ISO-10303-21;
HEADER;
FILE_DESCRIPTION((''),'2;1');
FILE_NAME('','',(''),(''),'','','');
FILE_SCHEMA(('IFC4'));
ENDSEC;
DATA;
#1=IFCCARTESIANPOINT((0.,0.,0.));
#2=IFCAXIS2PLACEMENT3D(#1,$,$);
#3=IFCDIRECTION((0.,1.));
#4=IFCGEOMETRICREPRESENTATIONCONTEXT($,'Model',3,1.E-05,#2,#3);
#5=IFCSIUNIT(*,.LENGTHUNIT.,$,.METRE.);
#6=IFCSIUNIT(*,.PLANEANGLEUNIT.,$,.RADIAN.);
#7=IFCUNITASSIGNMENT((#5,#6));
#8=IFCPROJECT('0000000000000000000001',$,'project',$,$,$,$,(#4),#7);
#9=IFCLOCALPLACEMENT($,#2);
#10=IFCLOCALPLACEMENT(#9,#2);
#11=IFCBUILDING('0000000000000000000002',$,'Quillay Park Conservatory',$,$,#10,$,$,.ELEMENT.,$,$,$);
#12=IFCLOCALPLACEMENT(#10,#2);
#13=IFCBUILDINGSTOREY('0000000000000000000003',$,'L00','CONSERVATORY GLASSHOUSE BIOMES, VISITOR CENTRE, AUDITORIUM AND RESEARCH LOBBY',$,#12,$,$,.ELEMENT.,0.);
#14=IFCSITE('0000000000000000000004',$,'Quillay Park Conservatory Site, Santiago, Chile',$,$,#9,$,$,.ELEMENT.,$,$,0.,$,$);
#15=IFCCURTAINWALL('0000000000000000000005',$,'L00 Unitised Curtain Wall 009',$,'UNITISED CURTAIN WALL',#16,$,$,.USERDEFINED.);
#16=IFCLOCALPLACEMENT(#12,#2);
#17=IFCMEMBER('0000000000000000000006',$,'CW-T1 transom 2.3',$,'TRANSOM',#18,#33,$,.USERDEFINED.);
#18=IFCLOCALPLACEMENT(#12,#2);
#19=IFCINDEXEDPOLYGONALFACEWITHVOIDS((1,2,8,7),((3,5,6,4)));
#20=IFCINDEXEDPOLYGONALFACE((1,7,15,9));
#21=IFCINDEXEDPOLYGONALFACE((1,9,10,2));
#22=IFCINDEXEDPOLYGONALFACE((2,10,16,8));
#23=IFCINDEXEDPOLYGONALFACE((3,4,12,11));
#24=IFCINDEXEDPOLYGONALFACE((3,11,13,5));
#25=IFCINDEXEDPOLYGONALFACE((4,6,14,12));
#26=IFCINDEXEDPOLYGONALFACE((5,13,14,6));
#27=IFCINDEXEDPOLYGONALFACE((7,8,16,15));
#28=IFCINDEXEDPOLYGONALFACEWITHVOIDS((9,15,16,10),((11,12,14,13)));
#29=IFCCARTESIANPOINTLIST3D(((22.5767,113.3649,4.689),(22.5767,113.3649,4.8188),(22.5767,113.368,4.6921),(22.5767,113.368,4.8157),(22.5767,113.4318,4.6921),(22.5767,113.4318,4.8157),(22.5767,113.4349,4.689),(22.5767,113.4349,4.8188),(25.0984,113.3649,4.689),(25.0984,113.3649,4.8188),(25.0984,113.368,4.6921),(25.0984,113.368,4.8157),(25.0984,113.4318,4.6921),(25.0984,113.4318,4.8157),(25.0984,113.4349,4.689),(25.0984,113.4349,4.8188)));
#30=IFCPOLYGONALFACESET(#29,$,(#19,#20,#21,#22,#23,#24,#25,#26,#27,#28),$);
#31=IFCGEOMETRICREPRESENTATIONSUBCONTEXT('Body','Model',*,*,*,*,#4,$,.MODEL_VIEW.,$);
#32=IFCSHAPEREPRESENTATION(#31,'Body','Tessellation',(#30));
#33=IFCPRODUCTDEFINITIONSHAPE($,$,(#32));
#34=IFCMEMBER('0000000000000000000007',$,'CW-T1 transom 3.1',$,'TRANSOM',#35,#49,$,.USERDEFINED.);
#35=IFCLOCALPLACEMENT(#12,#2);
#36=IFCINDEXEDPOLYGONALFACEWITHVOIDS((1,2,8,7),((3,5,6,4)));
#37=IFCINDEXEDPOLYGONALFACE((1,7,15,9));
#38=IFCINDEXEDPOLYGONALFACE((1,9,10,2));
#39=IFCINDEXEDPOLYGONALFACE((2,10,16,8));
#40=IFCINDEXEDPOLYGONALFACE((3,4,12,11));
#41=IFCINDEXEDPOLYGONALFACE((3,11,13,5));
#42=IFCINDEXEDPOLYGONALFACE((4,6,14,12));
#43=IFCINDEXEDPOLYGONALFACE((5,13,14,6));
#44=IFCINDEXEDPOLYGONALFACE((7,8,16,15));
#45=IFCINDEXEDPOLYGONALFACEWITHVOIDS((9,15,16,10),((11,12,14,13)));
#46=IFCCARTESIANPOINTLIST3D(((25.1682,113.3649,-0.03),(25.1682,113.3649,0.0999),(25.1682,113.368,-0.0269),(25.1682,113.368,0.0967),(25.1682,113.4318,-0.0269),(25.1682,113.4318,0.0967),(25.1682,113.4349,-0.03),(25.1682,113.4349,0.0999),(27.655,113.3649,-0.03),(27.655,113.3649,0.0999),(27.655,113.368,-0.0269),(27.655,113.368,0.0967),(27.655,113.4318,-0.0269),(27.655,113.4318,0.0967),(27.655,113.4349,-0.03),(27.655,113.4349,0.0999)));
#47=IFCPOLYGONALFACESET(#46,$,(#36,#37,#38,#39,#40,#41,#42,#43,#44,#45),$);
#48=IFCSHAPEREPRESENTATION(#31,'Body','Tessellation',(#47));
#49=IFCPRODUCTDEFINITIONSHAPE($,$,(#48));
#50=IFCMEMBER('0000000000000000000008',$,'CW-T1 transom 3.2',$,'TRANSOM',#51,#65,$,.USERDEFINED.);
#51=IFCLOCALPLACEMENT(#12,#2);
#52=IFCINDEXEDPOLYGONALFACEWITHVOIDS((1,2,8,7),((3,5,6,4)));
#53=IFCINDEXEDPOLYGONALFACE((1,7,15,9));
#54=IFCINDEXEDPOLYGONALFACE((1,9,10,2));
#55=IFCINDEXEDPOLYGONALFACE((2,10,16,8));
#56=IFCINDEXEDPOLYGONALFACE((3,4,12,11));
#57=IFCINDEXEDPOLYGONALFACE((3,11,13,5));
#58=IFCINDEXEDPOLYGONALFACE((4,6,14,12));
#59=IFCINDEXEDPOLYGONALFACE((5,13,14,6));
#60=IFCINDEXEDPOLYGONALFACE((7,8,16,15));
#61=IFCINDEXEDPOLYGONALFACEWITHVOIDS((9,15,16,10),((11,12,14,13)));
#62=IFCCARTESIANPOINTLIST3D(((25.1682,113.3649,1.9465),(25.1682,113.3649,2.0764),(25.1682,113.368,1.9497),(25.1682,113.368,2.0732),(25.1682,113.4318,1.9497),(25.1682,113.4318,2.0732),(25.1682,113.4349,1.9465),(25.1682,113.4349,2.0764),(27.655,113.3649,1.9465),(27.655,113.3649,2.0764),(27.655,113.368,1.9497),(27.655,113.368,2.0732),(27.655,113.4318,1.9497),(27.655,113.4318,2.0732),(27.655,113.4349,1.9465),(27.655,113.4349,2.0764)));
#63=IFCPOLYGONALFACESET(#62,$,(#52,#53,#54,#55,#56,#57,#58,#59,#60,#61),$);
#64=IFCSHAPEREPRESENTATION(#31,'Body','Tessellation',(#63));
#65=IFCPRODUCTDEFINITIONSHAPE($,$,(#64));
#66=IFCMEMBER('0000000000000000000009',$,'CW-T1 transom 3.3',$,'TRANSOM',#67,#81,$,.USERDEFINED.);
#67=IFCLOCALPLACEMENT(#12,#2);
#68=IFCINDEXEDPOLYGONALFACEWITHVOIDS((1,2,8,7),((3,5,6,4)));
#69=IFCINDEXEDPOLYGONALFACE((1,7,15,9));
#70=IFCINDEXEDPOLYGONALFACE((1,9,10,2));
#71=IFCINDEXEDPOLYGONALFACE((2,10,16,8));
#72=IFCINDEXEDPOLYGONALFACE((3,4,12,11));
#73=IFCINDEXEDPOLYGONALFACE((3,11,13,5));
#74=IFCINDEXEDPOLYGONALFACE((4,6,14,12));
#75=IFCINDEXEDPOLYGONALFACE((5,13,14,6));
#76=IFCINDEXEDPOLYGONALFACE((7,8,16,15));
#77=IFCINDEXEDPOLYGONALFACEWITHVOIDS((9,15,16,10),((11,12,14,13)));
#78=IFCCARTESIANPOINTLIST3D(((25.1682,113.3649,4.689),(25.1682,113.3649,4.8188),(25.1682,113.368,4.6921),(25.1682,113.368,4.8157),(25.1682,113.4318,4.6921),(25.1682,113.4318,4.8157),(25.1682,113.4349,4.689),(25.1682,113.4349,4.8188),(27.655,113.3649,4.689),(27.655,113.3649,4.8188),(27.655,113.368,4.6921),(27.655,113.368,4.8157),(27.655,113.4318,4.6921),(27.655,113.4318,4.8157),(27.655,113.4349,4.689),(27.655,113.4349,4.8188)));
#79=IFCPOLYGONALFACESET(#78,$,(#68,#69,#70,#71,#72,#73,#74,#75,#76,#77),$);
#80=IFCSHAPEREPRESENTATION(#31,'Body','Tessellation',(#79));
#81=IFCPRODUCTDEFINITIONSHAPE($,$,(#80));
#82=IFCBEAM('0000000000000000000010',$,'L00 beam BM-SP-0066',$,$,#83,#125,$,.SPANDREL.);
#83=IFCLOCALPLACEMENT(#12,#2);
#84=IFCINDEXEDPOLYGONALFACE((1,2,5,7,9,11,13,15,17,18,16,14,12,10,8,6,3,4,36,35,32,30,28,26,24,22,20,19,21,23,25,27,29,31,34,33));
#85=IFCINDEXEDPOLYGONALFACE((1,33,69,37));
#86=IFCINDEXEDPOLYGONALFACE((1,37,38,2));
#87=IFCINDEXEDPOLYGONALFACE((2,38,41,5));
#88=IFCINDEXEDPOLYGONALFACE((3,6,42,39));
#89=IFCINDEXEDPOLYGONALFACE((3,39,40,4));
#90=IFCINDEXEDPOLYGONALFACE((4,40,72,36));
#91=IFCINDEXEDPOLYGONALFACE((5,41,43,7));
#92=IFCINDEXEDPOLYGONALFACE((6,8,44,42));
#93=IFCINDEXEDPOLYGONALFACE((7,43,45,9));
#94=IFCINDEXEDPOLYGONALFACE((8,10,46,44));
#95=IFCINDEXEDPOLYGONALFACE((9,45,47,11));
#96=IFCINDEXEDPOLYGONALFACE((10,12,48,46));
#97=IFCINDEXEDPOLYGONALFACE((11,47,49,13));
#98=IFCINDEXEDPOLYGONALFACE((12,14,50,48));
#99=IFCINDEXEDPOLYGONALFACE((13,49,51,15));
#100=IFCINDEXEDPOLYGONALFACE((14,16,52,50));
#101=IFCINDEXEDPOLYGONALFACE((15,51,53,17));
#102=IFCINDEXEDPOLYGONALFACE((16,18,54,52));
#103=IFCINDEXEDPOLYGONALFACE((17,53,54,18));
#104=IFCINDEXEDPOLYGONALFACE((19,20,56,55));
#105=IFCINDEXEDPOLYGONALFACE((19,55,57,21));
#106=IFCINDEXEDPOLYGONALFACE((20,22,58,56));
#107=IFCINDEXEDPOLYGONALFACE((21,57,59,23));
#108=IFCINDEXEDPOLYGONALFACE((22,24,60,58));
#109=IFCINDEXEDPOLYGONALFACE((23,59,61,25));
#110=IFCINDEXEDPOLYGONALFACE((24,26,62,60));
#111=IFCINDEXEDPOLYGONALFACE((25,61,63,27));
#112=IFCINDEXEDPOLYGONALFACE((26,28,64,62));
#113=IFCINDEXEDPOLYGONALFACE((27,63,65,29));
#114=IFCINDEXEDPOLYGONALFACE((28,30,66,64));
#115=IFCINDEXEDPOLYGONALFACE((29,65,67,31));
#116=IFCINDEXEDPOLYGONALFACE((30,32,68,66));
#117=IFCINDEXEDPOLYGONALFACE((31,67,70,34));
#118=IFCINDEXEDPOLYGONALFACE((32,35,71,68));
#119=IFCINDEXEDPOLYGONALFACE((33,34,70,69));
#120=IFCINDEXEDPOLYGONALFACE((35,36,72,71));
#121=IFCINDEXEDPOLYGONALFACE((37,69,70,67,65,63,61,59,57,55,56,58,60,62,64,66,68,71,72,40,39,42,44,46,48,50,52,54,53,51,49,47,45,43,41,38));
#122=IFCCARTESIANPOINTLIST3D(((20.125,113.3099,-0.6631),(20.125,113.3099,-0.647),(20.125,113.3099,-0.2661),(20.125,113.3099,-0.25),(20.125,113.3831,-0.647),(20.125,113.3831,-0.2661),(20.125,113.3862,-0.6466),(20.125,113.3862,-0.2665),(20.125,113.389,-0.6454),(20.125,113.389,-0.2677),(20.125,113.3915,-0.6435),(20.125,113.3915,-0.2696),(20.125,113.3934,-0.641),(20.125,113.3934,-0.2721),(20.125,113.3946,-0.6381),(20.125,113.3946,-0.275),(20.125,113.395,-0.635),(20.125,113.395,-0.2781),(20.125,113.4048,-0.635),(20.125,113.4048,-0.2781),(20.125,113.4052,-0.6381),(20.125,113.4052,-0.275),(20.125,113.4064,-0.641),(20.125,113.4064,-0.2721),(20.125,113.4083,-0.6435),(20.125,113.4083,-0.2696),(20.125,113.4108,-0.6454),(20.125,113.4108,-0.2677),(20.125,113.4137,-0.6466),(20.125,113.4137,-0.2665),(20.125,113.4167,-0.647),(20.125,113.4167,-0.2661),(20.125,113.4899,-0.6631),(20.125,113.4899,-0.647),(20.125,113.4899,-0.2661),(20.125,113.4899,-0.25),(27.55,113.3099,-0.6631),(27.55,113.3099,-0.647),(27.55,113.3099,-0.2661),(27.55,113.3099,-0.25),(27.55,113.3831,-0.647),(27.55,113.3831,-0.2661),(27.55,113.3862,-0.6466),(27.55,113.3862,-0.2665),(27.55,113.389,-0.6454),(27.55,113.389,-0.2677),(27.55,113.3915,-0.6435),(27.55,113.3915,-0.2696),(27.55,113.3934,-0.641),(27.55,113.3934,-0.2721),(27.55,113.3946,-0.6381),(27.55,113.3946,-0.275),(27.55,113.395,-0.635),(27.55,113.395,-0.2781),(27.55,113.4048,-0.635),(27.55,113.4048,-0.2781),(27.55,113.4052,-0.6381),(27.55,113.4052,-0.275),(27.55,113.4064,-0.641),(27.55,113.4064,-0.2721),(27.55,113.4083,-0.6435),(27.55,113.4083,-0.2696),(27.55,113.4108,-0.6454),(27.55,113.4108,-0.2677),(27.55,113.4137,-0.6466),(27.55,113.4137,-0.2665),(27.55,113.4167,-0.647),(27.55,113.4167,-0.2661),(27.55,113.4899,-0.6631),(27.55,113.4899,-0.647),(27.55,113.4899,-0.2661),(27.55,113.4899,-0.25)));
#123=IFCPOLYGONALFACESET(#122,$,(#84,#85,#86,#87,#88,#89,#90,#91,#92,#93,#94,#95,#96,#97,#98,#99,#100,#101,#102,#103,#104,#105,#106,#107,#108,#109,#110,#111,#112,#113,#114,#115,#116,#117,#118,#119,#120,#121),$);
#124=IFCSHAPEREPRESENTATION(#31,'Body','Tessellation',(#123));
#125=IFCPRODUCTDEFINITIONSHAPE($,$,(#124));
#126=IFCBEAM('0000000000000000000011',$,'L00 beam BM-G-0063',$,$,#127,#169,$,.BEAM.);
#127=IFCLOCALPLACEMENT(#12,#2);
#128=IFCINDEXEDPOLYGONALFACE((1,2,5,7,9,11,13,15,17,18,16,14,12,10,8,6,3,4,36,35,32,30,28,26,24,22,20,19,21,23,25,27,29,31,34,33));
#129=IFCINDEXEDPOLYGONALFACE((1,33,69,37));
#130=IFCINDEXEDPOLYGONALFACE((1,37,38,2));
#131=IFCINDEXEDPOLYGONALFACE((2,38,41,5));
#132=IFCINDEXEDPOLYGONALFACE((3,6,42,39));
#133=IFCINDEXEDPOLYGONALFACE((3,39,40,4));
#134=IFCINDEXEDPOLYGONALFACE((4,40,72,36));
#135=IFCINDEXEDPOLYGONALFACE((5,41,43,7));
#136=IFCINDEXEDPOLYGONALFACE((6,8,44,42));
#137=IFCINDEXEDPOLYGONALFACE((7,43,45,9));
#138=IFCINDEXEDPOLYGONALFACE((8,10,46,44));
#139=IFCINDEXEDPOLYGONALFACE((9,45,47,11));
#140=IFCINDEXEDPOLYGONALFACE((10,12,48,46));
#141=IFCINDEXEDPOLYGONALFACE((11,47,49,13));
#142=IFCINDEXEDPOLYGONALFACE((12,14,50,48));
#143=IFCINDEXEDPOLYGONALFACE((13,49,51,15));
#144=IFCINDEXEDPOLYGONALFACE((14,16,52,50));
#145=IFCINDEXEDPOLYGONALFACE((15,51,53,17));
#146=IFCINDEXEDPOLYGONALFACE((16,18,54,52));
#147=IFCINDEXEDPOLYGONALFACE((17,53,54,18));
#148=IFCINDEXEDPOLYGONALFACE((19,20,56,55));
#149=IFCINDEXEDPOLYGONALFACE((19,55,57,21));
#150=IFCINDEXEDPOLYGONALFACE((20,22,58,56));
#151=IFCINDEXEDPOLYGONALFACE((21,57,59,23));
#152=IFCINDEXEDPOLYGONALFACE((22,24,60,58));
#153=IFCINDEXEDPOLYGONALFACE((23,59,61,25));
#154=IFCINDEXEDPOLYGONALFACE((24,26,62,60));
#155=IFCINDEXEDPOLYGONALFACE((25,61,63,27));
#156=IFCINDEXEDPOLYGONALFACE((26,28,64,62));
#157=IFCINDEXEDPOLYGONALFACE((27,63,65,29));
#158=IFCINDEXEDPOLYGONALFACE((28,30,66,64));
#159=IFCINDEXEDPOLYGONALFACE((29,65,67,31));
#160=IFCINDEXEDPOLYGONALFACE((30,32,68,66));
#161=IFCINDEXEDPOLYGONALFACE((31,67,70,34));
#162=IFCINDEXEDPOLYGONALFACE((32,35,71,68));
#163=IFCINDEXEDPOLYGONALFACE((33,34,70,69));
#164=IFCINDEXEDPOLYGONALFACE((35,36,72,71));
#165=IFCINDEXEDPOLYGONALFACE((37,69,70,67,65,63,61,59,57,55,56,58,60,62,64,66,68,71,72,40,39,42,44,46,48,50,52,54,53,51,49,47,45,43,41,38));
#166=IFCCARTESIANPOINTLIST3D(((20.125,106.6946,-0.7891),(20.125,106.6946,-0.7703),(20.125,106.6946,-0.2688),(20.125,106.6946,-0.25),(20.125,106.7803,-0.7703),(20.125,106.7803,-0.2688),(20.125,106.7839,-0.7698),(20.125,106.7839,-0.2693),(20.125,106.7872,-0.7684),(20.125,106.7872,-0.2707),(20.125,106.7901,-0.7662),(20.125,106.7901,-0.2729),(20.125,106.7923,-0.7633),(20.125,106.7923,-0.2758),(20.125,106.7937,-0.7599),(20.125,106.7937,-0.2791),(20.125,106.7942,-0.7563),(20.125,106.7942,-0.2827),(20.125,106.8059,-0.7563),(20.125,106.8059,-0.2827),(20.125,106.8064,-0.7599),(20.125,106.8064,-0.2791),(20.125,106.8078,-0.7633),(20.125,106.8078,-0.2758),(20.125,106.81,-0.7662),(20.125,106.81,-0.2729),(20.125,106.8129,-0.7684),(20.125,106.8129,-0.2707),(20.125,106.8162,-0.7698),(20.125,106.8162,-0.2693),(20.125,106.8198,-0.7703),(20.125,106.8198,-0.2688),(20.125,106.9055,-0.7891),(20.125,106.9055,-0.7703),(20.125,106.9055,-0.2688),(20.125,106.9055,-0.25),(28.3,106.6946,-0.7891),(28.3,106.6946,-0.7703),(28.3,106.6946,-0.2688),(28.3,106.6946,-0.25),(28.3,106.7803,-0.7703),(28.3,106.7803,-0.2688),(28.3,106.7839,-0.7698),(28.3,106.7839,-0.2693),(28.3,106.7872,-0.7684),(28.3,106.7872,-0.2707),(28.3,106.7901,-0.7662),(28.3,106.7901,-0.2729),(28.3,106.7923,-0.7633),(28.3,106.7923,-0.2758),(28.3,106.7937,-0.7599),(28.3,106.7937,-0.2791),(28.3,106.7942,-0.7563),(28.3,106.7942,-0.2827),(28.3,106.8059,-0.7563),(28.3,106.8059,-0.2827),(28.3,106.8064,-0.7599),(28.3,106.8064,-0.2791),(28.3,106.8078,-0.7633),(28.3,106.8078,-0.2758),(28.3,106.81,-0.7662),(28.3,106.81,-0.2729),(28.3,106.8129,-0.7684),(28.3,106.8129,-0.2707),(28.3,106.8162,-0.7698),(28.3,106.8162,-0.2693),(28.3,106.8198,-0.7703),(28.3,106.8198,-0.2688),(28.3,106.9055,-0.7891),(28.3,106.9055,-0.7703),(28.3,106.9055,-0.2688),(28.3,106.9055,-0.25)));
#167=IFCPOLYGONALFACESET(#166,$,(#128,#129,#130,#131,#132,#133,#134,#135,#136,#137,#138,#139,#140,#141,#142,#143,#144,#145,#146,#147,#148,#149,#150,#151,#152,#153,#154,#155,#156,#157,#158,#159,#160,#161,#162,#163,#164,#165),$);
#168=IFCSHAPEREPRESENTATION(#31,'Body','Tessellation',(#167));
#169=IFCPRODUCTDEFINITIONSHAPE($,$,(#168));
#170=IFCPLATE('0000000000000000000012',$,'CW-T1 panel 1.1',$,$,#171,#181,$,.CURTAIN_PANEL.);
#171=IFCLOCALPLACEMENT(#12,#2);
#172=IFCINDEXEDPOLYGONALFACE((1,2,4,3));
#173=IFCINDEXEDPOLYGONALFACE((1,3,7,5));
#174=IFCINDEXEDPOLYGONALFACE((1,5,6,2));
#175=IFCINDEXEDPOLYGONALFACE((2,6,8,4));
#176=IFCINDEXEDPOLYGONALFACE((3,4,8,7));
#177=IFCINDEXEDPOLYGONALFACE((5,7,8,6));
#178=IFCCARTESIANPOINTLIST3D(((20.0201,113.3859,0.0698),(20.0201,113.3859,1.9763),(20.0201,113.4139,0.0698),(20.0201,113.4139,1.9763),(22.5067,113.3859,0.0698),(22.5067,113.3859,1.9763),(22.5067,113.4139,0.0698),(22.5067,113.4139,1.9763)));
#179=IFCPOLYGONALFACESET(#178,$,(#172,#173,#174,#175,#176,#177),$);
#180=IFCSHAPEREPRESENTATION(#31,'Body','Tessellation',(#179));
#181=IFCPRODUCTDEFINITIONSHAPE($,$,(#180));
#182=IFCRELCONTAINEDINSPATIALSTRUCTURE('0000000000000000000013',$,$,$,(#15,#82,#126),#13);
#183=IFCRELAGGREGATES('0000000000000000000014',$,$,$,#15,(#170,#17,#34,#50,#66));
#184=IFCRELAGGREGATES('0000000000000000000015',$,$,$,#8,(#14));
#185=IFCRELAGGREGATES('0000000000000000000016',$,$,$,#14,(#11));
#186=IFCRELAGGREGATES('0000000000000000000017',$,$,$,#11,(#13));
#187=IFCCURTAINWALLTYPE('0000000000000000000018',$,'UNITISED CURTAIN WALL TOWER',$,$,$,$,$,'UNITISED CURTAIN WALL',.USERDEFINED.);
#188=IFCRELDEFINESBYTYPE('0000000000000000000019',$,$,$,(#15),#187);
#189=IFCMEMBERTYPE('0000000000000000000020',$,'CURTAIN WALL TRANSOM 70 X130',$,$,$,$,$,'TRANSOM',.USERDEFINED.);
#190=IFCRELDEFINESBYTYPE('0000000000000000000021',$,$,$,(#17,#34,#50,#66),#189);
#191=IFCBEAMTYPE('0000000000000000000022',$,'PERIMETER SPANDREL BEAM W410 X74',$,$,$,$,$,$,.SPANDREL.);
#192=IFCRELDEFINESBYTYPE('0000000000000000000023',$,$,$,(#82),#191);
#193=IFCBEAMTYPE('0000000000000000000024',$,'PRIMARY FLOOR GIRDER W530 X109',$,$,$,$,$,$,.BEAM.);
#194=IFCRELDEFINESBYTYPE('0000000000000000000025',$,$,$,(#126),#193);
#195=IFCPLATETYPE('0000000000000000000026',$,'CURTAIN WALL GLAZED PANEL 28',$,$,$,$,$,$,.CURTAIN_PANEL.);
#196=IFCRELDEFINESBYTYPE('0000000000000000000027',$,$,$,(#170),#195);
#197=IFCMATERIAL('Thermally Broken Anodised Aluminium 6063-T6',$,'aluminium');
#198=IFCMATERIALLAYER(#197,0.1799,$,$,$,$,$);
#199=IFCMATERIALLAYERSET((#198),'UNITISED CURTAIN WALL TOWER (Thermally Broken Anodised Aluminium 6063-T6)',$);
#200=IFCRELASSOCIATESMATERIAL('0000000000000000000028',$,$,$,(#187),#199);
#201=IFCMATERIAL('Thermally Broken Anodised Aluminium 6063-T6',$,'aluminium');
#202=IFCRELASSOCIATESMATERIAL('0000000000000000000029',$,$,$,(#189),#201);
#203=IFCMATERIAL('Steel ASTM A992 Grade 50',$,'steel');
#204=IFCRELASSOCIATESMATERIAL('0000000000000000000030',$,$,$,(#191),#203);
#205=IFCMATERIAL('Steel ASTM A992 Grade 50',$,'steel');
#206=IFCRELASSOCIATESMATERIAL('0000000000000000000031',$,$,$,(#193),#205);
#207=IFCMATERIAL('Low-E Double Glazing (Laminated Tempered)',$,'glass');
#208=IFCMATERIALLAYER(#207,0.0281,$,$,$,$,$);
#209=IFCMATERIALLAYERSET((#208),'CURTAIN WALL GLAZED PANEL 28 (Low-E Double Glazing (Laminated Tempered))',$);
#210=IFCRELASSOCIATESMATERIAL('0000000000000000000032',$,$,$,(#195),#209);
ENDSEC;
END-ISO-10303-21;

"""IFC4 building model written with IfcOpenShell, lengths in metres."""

from ifc_helpers import new_model, si_unit, direction, frame, origin, origin_2d, place, context, subcontext, project, spatial, rectangle, hollow_rectangle, i_section, extrude, material, layer, layer_set, material_profile, profile_set, type_object, element, aggregate, save


model = new_model("IFC4")

# Units and contexts
model_context = context("Model", 3, precision=1e-05, world=origin(), true_north=direction((0.0, 1.0)))
body_context = subcontext(model_context, "Body", "Model", "MODEL_VIEW")
ifc_project = project(units=[si_unit("LENGTHUNIT", "METRE"), si_unit("PLANEANGLEUNIT", "RADIAN")], contexts=[model_context])

# Site, building, storey
site_placement = place(None, origin())
site = spatial("IfcSite", under=ifc_project, at=site_placement, Name="Quillay Park Conservatory Site, Santiago, Chile", CompositionType="ELEMENT", RefElevation=0.0)
building_placement = place(site_placement, origin())
building = spatial("IfcBuilding", under=site, at=building_placement, Name="Quillay Park Conservatory", CompositionType="ELEMENT")
storey_placement = place(building_placement, origin())
storey = spatial("IfcBuildingStorey", under=building, at=storey_placement, Name="L00", Description="CONSERVATORY GLASSHOUSE BIOMES, VISITOR CENTRE, AUDITORIUM AND RESEARCH LOBBY", CompositionType="ELEMENT", Elevation=0.0)

# Curtain wall, members
ifc_material_1 = material(Name="Thermally Broken Anodised Aluminium 6063-T6", Category="aluminium")
ifc_layer_1 = layer(ifc_material_1, 0.1799)
ifc_layer_set_1 = layer_set([ifc_layer_1], Name="UNITISED CURTAIN WALL TOWER (Thermally Broken Anodised Aluminium 6063-T6)")
curtain_wall_type = type_object("IfcCurtainWallType", Name="UNITISED CURTAIN WALL TOWER", ElementType="UNITISED CURTAIN WALL", PredefinedType="USERDEFINED", material=ifc_layer_set_1)
curtain_wall_placement = place(storey_placement, origin())
curtain_wall = element("IfcCurtainWall", 1, at=curtain_wall_placement, inside=storey, type_object=curtain_wall_type, Name="L00 Unitised Curtain Wall 009", ObjectType="UNITISED CURTAIN WALL", PredefinedType="USERDEFINED")
ifc_material_2 = material(Name="Thermally Broken Anodised Aluminium 6063-T6", Category="aluminium")
ifc_material_profile_1 = material_profile(ifc_material_2, hollow_rectangle(XDim=0.0701, YDim=0.1299, WallThickness=0.0032, at=origin_2d()), Name="AL70x130x3.2")
ifc_profile_set_1 = profile_set([ifc_material_profile_1], Name="Thermally Broken Anodised Aluminium 6063-T6")
member_type_1 = type_object("IfcMemberType", Name="CURTAIN WALL TRANSOM 70 X130", ElementType="TRANSOM", PredefinedType="USERDEFINED", material=ifc_profile_set_1)
member_1_placement = place(storey_placement, frame((22.5767, 113.3999, 4.7539), z_axis=(1.0, 0.0, 0.0), x_axis=(0.0, 1.0, 0.0)))
member_1 = element("IfcMember", 2, at=member_1_placement, type_object=member_type_1, Name="CW-T1 transom 2.3", ObjectType="TRANSOM", PredefinedType="USERDEFINED", context=body_context, shape_type="SweptSolid", body=[
    extrude(hollow_rectangle(XDim=0.0701, YDim=0.1299, WallThickness=0.0032, at=origin_2d()), origin(), (0.0, 0.0, 1.0), 2.5217),
])
member_2_placement = place(storey_placement, frame((25.1682, 113.3999, 0.0349), z_axis=(1.0, 0.0, 0.0), x_axis=(0.0, 1.0, 0.0)))
member_2 = element("IfcMember", 3, at=member_2_placement, type_object=member_type_1, Name="CW-T1 transom 3.1", ObjectType="TRANSOM", PredefinedType="USERDEFINED", context=body_context, shape_type="SweptSolid", body=[
    extrude(hollow_rectangle(XDim=0.0701, YDim=0.1299, WallThickness=0.0032, at=origin_2d()), origin(), (0.0, 0.0, 1.0), 2.4868),
])
member_3_placement = place(storey_placement, frame((25.1682, 113.3999, 2.0115), z_axis=(1.0, 0.0, 0.0), x_axis=(0.0, 1.0, 0.0)))
member_3 = element("IfcMember", 4, at=member_3_placement, type_object=member_type_1, Name="CW-T1 transom 3.2", ObjectType="TRANSOM", PredefinedType="USERDEFINED", context=body_context, shape_type="SweptSolid", body=[
    extrude(hollow_rectangle(XDim=0.0701, YDim=0.1299, WallThickness=0.0032, at=origin_2d()), origin(), (0.0, 0.0, 1.0), 2.4868),
])
member_4_placement = place(storey_placement, frame((25.1682, 113.3999, 4.7539), z_axis=(1.0, 0.0, 0.0), x_axis=(0.0, 1.0, 0.0)))
member_4 = element("IfcMember", 5, at=member_4_placement, type_object=member_type_1, Name="CW-T1 transom 3.3", ObjectType="TRANSOM", PredefinedType="USERDEFINED", context=body_context, shape_type="SweptSolid", body=[
    extrude(hollow_rectangle(XDim=0.0701, YDim=0.1299, WallThickness=0.0032, at=origin_2d()), origin(), (0.0, 0.0, 1.0), 2.4868),
])

# Beams
ifc_material_3 = material(Name="Steel ASTM A992 Grade 50", Category="steel")
ifc_material_profile_2 = material_profile(ifc_material_3, i_section(OverallWidth=0.1799, OverallDepth=0.4131, WebThickness=0.0098, FlangeThickness=0.0161, FilletRadius=0.012, at=origin_2d()), Name="W410x74")
ifc_profile_set_2 = profile_set([ifc_material_profile_2], Name="Steel ASTM A992 Grade 50")
beam_type_1 = type_object("IfcBeamType", Name="PERIMETER SPANDREL BEAM W410 X74", PredefinedType="SPANDREL", material=ifc_profile_set_2)
beam_1_placement = place(storey_placement, frame((20.125, 113.3999, -0.4565), z_axis=(1.0, 0.0, 0.0), x_axis=(0.0, 1.0, 0.0)))
element("IfcBeam", 6, at=beam_1_placement, inside=storey, type_object=beam_type_1, Name="L00 beam BM-SP-0066", PredefinedType="SPANDREL", context=body_context, shape_type="SweptSolid", body=[
    extrude(i_section(OverallWidth=0.1799, OverallDepth=0.4131, WebThickness=0.0098, FlangeThickness=0.0161, FilletRadius=0.012, at=origin_2d()), origin(), (0.0, 0.0, 1.0), 7.425),
])
ifc_material_4 = material(Name="Steel ASTM A992 Grade 50", Category="steel")
ifc_material_profile_3 = material_profile(ifc_material_4, i_section(OverallWidth=0.2109, OverallDepth=0.5391, WebThickness=0.0117, FlangeThickness=0.0188, FilletRadius=0.0139, at=origin_2d()), Name="W530x109")
ifc_profile_set_3 = profile_set([ifc_material_profile_3], Name="Steel ASTM A992 Grade 50")
beam_type_2 = type_object("IfcBeamType", Name="PRIMARY FLOOR GIRDER W530 X109", PredefinedType="BEAM", material=ifc_profile_set_3)
beam_2_placement = place(storey_placement, frame((20.125, 106.8, -0.5195), z_axis=(1.0, 0.0, 0.0), x_axis=(0.0, 1.0, 0.0)))
element("IfcBeam", 7, at=beam_2_placement, inside=storey, type_object=beam_type_2, Name="L00 beam BM-G-0063", PredefinedType="BEAM", context=body_context, shape_type="SweptSolid", body=[
    extrude(i_section(OverallWidth=0.2109, OverallDepth=0.5391, WebThickness=0.0117, FlangeThickness=0.0188, FilletRadius=0.0139, at=origin_2d()), origin(), (0.0, 0.0, 1.0), 8.175),
])

# Plate
ifc_material_5 = material(Name="Low-E Double Glazing (Laminated Tempered)", Category="glass")
ifc_layer_2 = layer(ifc_material_5, 0.0281)
ifc_layer_set_2 = layer_set([ifc_layer_2], Name="CURTAIN WALL GLAZED PANEL 28 (Low-E Double Glazing (Laminated Tempered))")
plate_type = type_object("IfcPlateType", Name="CURTAIN WALL GLAZED PANEL 28", PredefinedType="CURTAIN_PANEL", material=ifc_layer_set_2)
plate_1_placement = place(storey_placement, frame((21.2634, 113.3999, 0.0698), z_axis=(0.0, 0.0, 1.0), x_axis=(1.0, 0.0, 0.0)))
plate_1 = element("IfcPlate", 8, at=plate_1_placement, type_object=plate_type, Name="CW-T1 panel 1.1", PredefinedType="CURTAIN_PANEL", context=body_context, shape_type="SweptSolid", body=[
    extrude(rectangle(XDim=2.4866, YDim=0.0281, at=origin_2d()), origin(), (0.0, 0.0, 1.0), 1.9065),
])
aggregate(curtain_wall, [plate_1, member_1, member_2, member_3, member_4])

save(model, "model.ifc")
